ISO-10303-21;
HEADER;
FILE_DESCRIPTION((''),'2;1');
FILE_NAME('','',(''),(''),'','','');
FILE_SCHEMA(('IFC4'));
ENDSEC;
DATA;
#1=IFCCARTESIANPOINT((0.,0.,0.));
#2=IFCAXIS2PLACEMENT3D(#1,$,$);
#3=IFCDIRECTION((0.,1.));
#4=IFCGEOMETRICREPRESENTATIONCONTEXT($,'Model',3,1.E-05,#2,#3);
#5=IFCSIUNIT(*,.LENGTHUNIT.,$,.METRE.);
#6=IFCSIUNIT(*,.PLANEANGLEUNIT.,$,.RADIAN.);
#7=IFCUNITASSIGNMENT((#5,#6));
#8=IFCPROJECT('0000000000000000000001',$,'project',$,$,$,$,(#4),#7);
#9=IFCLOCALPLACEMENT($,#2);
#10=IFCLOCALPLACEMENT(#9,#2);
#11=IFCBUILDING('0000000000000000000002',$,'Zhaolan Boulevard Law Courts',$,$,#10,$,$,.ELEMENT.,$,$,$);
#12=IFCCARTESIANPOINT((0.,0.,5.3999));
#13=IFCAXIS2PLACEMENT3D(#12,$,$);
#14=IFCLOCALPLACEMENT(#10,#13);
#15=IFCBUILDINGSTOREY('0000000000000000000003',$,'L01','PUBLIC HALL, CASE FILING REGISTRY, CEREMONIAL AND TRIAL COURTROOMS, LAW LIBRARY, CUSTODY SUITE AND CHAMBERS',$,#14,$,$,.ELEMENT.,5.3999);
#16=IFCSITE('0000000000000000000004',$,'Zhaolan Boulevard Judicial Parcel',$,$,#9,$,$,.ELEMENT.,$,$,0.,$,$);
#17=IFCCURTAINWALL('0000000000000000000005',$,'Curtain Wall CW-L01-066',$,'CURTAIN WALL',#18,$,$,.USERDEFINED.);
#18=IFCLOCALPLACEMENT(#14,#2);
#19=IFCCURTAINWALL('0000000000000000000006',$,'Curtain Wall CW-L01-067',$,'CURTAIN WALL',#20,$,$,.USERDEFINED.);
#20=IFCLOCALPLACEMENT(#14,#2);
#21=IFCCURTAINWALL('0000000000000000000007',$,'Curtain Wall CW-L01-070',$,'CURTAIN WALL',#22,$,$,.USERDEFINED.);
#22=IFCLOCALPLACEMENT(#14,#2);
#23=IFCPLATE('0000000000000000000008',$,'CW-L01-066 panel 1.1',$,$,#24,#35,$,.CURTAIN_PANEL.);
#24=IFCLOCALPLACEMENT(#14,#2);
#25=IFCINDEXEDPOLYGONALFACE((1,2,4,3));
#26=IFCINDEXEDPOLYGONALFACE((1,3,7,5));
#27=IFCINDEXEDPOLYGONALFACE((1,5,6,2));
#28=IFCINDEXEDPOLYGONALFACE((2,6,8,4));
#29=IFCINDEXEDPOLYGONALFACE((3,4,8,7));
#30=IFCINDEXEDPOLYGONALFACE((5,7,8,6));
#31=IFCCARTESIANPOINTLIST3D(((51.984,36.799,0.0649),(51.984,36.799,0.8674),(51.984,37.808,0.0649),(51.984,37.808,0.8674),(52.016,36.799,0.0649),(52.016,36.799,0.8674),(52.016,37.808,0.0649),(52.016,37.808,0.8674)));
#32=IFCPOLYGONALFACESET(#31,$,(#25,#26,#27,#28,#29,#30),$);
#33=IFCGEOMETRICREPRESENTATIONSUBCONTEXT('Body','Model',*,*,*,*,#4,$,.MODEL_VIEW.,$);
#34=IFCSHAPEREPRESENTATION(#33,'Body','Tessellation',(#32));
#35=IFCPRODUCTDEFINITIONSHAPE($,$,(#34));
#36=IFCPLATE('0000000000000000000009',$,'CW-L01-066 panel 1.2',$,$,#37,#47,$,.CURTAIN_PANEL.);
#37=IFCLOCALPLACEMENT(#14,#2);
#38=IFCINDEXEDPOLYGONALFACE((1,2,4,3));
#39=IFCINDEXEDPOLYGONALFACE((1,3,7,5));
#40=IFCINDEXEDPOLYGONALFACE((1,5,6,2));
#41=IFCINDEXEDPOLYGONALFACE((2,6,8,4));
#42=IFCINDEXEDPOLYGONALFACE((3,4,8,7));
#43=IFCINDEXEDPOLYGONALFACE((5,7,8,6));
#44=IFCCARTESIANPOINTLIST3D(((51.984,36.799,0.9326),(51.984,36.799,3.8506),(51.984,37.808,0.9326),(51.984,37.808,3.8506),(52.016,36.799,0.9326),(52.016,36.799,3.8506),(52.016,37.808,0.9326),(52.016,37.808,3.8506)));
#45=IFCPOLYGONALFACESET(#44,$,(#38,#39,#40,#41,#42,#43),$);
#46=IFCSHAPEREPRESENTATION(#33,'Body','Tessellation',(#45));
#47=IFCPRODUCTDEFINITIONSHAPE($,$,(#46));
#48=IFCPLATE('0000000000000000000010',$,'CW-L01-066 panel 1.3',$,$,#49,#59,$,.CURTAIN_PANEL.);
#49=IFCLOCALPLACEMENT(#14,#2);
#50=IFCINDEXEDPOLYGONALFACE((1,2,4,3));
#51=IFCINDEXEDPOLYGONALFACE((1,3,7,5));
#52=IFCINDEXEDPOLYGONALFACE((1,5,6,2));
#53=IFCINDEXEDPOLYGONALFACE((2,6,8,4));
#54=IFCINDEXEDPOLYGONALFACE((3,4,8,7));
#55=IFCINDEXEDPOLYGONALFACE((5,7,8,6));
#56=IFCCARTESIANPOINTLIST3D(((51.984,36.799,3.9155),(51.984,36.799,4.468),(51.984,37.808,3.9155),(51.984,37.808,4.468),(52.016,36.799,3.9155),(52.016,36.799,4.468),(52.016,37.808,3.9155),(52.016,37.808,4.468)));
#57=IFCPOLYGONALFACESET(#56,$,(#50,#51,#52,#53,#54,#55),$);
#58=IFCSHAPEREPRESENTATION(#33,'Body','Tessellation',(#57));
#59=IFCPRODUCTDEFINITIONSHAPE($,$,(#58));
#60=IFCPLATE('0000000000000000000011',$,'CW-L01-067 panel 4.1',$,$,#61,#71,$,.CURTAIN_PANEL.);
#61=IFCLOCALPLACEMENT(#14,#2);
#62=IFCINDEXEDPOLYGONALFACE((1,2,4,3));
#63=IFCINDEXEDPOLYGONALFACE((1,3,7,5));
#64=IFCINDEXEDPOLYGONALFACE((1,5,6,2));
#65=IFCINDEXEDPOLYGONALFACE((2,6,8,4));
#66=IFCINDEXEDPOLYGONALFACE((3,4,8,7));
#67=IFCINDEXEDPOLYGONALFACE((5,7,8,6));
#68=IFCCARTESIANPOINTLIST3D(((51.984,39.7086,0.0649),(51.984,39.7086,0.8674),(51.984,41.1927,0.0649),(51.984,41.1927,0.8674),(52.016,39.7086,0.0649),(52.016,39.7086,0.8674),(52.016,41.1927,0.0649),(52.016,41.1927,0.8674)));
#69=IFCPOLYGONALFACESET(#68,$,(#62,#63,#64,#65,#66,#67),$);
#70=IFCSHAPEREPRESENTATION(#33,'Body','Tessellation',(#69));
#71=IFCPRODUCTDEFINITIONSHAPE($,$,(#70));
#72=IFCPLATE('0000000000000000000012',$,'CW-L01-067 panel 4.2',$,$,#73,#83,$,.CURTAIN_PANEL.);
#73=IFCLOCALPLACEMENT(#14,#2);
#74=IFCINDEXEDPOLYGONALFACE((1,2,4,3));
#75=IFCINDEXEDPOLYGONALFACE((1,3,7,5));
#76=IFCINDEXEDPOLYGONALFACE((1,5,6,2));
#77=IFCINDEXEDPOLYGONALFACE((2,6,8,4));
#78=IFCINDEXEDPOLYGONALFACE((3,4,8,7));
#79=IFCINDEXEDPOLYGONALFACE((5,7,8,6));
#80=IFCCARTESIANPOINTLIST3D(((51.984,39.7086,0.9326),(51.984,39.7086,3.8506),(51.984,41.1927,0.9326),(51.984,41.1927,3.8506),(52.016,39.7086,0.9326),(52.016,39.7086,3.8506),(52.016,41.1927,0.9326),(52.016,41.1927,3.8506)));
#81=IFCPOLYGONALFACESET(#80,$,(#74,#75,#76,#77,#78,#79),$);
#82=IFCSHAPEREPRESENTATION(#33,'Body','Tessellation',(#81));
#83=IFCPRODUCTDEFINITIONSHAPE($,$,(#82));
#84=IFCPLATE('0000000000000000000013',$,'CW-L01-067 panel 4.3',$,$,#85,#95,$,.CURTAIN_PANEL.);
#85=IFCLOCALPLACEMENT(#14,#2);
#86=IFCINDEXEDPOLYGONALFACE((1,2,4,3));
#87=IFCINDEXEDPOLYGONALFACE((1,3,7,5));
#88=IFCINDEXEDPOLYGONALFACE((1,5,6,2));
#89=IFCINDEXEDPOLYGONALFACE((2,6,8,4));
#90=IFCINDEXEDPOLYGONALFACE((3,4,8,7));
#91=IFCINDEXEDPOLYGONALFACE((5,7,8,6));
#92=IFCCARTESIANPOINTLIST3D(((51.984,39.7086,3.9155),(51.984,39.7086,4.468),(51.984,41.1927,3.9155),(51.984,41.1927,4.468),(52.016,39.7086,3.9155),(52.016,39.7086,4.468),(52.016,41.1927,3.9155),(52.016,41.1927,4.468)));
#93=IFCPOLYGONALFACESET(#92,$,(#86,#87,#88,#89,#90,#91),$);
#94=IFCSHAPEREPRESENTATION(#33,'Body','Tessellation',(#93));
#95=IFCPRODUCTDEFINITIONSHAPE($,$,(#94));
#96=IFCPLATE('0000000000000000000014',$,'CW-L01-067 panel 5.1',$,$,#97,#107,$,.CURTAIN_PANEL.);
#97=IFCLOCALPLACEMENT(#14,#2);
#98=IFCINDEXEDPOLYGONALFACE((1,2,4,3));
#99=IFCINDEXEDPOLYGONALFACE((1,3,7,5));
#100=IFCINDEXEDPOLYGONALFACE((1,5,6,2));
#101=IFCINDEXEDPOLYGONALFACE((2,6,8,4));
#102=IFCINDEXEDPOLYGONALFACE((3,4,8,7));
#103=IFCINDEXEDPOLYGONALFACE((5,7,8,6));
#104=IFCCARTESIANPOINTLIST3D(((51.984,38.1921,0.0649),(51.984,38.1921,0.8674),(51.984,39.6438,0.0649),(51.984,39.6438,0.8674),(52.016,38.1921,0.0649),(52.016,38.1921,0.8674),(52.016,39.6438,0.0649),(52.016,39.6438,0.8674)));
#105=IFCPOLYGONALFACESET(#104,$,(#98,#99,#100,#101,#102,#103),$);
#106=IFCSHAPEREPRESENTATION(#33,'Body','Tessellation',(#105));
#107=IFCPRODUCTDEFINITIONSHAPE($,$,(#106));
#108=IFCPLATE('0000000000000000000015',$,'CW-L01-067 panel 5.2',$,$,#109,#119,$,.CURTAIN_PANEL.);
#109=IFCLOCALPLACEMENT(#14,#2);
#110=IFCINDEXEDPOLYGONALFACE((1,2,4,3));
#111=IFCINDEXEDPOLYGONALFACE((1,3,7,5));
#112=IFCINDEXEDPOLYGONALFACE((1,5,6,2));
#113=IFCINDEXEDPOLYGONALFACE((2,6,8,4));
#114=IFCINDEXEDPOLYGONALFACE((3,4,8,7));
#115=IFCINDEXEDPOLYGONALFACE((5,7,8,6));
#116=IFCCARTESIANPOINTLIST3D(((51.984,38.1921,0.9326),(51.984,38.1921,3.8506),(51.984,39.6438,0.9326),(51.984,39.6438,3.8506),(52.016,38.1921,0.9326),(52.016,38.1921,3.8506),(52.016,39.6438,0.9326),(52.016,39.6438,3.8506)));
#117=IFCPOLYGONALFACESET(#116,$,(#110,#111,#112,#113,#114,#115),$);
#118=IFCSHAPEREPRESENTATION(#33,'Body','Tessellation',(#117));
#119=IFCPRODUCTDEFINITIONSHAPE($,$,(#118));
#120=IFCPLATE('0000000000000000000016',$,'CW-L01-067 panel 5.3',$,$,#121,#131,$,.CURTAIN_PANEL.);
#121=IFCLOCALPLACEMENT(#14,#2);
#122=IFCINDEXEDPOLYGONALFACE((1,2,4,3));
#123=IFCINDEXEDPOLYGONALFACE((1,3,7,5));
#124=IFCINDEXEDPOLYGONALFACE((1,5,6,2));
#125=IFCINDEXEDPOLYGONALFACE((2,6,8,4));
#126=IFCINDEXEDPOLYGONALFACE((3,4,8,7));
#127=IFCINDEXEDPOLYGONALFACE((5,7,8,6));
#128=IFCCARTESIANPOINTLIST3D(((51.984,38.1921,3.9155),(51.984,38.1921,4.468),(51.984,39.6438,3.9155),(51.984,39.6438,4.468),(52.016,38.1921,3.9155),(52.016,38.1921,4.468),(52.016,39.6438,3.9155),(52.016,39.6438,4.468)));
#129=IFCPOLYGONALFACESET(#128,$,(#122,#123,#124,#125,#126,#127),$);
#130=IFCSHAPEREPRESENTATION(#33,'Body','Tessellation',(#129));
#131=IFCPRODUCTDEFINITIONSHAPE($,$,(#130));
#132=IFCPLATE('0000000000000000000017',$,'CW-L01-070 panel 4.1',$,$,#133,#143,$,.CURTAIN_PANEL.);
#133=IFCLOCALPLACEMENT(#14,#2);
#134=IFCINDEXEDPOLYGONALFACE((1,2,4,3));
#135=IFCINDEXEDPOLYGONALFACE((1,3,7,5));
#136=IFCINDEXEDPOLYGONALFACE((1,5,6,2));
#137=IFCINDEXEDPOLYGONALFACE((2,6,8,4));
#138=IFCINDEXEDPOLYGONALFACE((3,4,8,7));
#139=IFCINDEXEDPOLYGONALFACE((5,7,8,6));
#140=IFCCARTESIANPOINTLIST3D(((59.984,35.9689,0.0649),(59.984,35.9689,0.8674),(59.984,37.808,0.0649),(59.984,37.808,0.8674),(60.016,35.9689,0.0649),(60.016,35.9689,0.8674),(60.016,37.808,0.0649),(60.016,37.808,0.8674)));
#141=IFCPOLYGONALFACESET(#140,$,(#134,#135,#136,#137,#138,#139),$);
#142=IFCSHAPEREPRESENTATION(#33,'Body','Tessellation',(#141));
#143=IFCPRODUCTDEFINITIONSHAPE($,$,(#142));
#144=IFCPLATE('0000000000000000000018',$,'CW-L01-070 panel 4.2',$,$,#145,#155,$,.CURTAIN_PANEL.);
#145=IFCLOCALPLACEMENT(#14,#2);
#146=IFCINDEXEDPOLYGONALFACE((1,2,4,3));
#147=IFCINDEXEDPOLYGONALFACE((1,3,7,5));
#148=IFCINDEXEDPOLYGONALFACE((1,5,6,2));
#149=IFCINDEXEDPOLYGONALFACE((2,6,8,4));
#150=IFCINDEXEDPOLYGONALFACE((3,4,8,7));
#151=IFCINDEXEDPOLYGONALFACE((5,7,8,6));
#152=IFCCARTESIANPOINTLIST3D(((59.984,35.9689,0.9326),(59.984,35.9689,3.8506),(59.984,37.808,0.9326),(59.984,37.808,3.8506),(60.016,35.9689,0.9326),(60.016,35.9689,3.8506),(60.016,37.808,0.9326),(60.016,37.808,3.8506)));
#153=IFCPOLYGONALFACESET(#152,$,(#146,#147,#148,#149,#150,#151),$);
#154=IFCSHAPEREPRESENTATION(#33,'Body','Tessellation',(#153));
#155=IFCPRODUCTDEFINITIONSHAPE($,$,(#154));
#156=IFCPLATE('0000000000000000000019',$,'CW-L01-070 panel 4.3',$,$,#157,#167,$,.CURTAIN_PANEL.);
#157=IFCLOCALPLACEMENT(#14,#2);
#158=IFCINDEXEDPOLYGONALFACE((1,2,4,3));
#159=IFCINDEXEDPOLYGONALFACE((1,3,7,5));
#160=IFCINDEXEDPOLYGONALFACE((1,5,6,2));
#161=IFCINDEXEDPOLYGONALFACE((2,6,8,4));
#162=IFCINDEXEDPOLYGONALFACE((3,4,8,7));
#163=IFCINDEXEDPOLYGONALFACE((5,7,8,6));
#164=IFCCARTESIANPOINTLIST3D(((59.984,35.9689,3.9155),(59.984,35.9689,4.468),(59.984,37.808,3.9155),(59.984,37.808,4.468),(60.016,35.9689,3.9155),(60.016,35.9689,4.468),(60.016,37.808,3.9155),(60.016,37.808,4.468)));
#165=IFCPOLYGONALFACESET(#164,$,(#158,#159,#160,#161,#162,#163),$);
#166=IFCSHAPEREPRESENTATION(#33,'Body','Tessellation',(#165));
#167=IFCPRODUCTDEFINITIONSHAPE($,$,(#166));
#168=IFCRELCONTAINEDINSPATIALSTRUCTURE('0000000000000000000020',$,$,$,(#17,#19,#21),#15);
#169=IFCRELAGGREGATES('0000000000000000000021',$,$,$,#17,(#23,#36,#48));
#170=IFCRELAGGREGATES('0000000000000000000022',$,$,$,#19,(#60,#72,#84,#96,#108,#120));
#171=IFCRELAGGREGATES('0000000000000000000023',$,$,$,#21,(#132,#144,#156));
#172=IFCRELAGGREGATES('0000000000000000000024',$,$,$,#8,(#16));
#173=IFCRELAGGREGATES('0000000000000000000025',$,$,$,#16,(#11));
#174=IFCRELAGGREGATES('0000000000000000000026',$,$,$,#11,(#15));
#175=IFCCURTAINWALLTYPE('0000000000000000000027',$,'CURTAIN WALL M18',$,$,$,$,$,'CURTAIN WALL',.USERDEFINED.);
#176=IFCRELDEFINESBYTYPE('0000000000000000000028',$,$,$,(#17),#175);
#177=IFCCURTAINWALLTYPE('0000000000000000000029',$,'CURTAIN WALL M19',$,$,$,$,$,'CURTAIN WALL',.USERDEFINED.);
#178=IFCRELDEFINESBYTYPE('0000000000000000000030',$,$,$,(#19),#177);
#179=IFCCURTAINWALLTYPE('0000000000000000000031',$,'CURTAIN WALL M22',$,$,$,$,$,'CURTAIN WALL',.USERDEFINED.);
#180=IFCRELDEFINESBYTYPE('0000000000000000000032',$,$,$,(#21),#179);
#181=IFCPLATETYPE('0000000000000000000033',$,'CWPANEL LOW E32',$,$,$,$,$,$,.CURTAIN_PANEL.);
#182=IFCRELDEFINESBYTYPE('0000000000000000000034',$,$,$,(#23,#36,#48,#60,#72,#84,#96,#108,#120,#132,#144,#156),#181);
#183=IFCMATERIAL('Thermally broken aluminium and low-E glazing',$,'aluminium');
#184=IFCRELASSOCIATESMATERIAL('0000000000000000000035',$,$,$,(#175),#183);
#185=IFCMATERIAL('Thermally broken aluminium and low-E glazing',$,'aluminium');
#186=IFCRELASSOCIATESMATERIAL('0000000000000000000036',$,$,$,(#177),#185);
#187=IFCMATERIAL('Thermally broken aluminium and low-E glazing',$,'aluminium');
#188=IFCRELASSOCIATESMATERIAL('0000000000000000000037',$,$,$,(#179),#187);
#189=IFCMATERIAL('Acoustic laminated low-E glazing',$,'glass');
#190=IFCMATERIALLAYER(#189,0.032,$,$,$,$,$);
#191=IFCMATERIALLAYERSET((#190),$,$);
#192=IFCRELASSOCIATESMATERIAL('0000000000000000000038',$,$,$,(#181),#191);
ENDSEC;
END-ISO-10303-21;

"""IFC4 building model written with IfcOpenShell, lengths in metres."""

from ifc_helpers import new_model, si_unit, direction, frame, origin, origin_2d, place, context, subcontext, project, spatial, rectangle, extrude, material, layer, layer_set, type_object, element, aggregate, save


model = new_model("IFC4")

# Units and contexts
model_context = context("Model", 3, precision=1e-05, world=origin(), true_north=direction((0.0, 1.0)))
body_context = subcontext(model_context, "Body", "Model", "MODEL_VIEW")
ifc_project = project(units=[si_unit("LENGTHUNIT", "METRE"), si_unit("PLANEANGLEUNIT", "RADIAN")], contexts=[model_context])

# Site, building, storey
site_placement = place(None, origin())
site = spatial("IfcSite", under=ifc_project, at=site_placement, Name="Zhaolan Boulevard Judicial Parcel", CompositionType="ELEMENT", RefElevation=0.0)
building_placement = place(site_placement, origin())
building = spatial("IfcBuilding", under=site, at=building_placement, Name="Zhaolan Boulevard Law Courts", CompositionType="ELEMENT")
storey_placement = place(building_placement, frame((0.0, 0.0, 5.3999)))
storey = spatial("IfcBuildingStorey", under=building, at=storey_placement, Name="L01", Description="PUBLIC HALL, CASE FILING REGISTRY, CEREMONIAL AND TRIAL COURTROOMS, LAW LIBRARY, CUSTODY SUITE AND CHAMBERS", CompositionType="ELEMENT", Elevation=5.3999)

# Curtain walls
ifc_material_1 = material(Name="Thermally broken aluminium and low-E glazing", Category="aluminium")
curtain_wall_type_1 = type_object("IfcCurtainWallType", Name="CURTAIN WALL M18", ElementType="CURTAIN WALL", PredefinedType="USERDEFINED", material=ifc_material_1)
curtain_wall_1_placement = place(storey_placement, origin())
curtain_wall_1 = element("IfcCurtainWall", 1, at=curtain_wall_1_placement, inside=storey, type_object=curtain_wall_type_1, Name="Curtain Wall CW-L01-066", ObjectType="CURTAIN WALL", PredefinedType="USERDEFINED")
ifc_material_2 = material(Name="Thermally broken aluminium and low-E glazing", Category="aluminium")
curtain_wall_type_2 = type_object("IfcCurtainWallType", Name="CURTAIN WALL M19", ElementType="CURTAIN WALL", PredefinedType="USERDEFINED", material=ifc_material_2)
curtain_wall_2_placement = place(storey_placement, origin())
curtain_wall_2 = element("IfcCurtainWall", 2, at=curtain_wall_2_placement, inside=storey, type_object=curtain_wall_type_2, Name="Curtain Wall CW-L01-067", ObjectType="CURTAIN WALL", PredefinedType="USERDEFINED")

# Curtain wall
ifc_material_3 = material(Name="Thermally broken aluminium and low-E glazing", Category="aluminium")
curtain_wall_type_3 = type_object("IfcCurtainWallType", Name="CURTAIN WALL M22", ElementType="CURTAIN WALL", PredefinedType="USERDEFINED", material=ifc_material_3)
curtain_wall_3_placement = place(storey_placement, origin())
curtain_wall_3 = element("IfcCurtainWall", 3, at=curtain_wall_3_placement, inside=storey, type_object=curtain_wall_type_3, Name="Curtain Wall CW-L01-070", ObjectType="CURTAIN WALL", PredefinedType="USERDEFINED")

# Plates
ifc_material_4 = material(Name="Acoustic laminated low-E glazing", Category="glass")
ifc_layer = layer(ifc_material_4, 0.032)
ifc_layer_set = layer_set([ifc_layer])
plate_type = type_object("IfcPlateType", Name="CWPANEL LOW E32", PredefinedType="CURTAIN_PANEL", material=ifc_layer_set)
plate_1_placement = place(storey_placement, frame((52.0, 37.3035, 0.0649), z_axis=(0.0, 0.0, 1.0), x_axis=(0.0, -1.0, 0.0)))
plate_1 = element("IfcPlate", 4, at=plate_1_placement, type_object=plate_type, Name="CW-L01-066 panel 1.1", PredefinedType="CURTAIN_PANEL", context=body_context, shape_type="SweptSolid", body=[
    extrude(rectangle(XDim=1.009, YDim=0.032, at=origin_2d()), origin(), (0.0, 0.0, 1.0), 0.8025),
])
plate_2_placement = place(storey_placement, frame((52.0, 37.3035, 0.9326), z_axis=(0.0, 0.0, 1.0), x_axis=(0.0, -1.0, 0.0)))
plate_2 = element("IfcPlate", 5, at=plate_2_placement, type_object=plate_type, Name="CW-L01-066 panel 1.2", PredefinedType="CURTAIN_PANEL", context=body_context, shape_type="SweptSolid", body=[
    extrude(rectangle(XDim=1.009, YDim=0.032, at=origin_2d()), origin(), (0.0, 0.0, 1.0), 2.918),
])
plate_3_placement = place(storey_placement, frame((52.0, 37.3035, 3.9155), z_axis=(0.0, 0.0, 1.0), x_axis=(0.0, -1.0, 0.0)))
plate_3 = element("IfcPlate", 6, at=plate_3_placement, type_object=plate_type, Name="CW-L01-066 panel 1.3", PredefinedType="CURTAIN_PANEL", context=body_context, shape_type="SweptSolid", body=[
    extrude(rectangle(XDim=1.009, YDim=0.032, at=origin_2d()), origin(), (0.0, 0.0, 1.0), 0.5525),
])
aggregate(curtain_wall_1, [plate_1, plate_2, plate_3])
plate_4_placement = place(storey_placement, frame((52.0, 40.4507, 0.0649), z_axis=(0.0, 0.0, 1.0), x_axis=(0.0, -1.0, 0.0)))
plate_4 = element("IfcPlate", 7, at=plate_4_placement, type_object=plate_type, Name="CW-L01-067 panel 4.1", PredefinedType="CURTAIN_PANEL", context=body_context, shape_type="SweptSolid", body=[
    extrude(rectangle(XDim=1.4841, YDim=0.032, at=origin_2d()), origin(), (0.0, 0.0, 1.0), 0.8025),
])
plate_5_placement = place(storey_placement, frame((52.0, 40.4507, 0.9326), z_axis=(0.0, 0.0, 1.0), x_axis=(0.0, -1.0, 0.0)))
plate_5 = element("IfcPlate", 8, at=plate_5_placement, type_object=plate_type, Name="CW-L01-067 panel 4.2", PredefinedType="CURTAIN_PANEL", context=body_context, shape_type="SweptSolid", body=[
    extrude(rectangle(XDim=1.4841, YDim=0.032, at=origin_2d()), origin(), (0.0, 0.0, 1.0), 2.918),
])
plate_6_placement = place(storey_placement, frame((52.0, 40.4507, 3.9155), z_axis=(0.0, 0.0, 1.0), x_axis=(0.0, -1.0, 0.0)))
plate_6 = element("IfcPlate", 9, at=plate_6_placement, type_object=plate_type, Name="CW-L01-067 panel 4.3", PredefinedType="CURTAIN_PANEL", context=body_context, shape_type="SweptSolid", body=[
    extrude(rectangle(XDim=1.4841, YDim=0.032, at=origin_2d()), origin(), (0.0, 0.0, 1.0), 0.5525),
])
plate_7_placement = place(storey_placement, frame((52.0, 38.918, 0.0649), z_axis=(0.0, 0.0, 1.0), x_axis=(0.0, -1.0, 0.0)))
plate_7 = element("IfcPlate", 10, at=plate_7_placement, type_object=plate_type, Name="CW-L01-067 panel 5.1", PredefinedType="CURTAIN_PANEL", context=body_context, shape_type="SweptSolid", body=[
    extrude(rectangle(XDim=1.4517, YDim=0.032, at=origin_2d()), origin(), (0.0, 0.0, 1.0), 0.8025),
])
plate_8_placement = place(storey_placement, frame((52.0, 38.918, 0.9326), z_axis=(0.0, 0.0, 1.0), x_axis=(0.0, -1.0, 0.0)))
plate_8 = element("IfcPlate", 11, at=plate_8_placement, type_object=plate_type, Name="CW-L01-067 panel 5.2", PredefinedType="CURTAIN_PANEL", context=body_context, shape_type="SweptSolid", body=[
    extrude(rectangle(XDim=1.4517, YDim=0.032, at=origin_2d()), origin(), (0.0, 0.0, 1.0), 2.918),
])
plate_9_placement = place(storey_placement, frame((52.0, 38.918, 3.9155), z_axis=(0.0, 0.0, 1.0), x_axis=(0.0, -1.0, 0.0)))
plate_9 = element("IfcPlate", 12, at=plate_9_placement, type_object=plate_type, Name="CW-L01-067 panel 5.3", PredefinedType="CURTAIN_PANEL", context=body_context, shape_type="SweptSolid", body=[
    extrude(rectangle(XDim=1.4517, YDim=0.032, at=origin_2d()), origin(), (0.0, 0.0, 1.0), 0.5525),
])
aggregate(curtain_wall_2, [plate_4, plate_5, plate_6, plate_7, plate_8, plate_9])
plate_10_placement = place(storey_placement, frame((60.0, 36.8884, 0.0649), z_axis=(0.0, 0.0, 1.0), x_axis=(0.0, 1.0, 0.0)))
plate_10 = element("IfcPlate", 13, at=plate_10_placement, type_object=plate_type, Name="CW-L01-070 panel 4.1", PredefinedType="CURTAIN_PANEL", context=body_context, shape_type="SweptSolid", body=[
    extrude(rectangle(XDim=1.8391, YDim=0.032, at=origin_2d()), origin(), (0.0, 0.0, 1.0), 0.8025),
])
plate_11_placement = place(storey_placement, frame((60.0, 36.8884, 0.9326), z_axis=(0.0, 0.0, 1.0), x_axis=(0.0, 1.0, 0.0)))
plate_11 = element("IfcPlate", 14, at=plate_11_placement, type_object=plate_type, Name="CW-L01-070 panel 4.2", PredefinedType="CURTAIN_PANEL", context=body_context, shape_type="SweptSolid", body=[
    extrude(rectangle(XDim=1.8391, YDim=0.032, at=origin_2d()), origin(), (0.0, 0.0, 1.0), 2.918),
])
plate_12_placement = place(storey_placement, frame((60.0, 36.8884, 3.9155), z_axis=(0.0, 0.0, 1.0), x_axis=(0.0, 1.0, 0.0)))
plate_12 = element("IfcPlate", 15, at=plate_12_placement, type_object=plate_type, Name="CW-L01-070 panel 4.3", PredefinedType="CURTAIN_PANEL", context=body_context, shape_type="SweptSolid", body=[
    extrude(rectangle(XDim=1.8391, YDim=0.032, at=origin_2d()), origin(), (0.0, 0.0, 1.0), 0.5525),
])
aggregate(curtain_wall_3, [plate_10, plate_11, plate_12])

save(model, "model.ifc")
